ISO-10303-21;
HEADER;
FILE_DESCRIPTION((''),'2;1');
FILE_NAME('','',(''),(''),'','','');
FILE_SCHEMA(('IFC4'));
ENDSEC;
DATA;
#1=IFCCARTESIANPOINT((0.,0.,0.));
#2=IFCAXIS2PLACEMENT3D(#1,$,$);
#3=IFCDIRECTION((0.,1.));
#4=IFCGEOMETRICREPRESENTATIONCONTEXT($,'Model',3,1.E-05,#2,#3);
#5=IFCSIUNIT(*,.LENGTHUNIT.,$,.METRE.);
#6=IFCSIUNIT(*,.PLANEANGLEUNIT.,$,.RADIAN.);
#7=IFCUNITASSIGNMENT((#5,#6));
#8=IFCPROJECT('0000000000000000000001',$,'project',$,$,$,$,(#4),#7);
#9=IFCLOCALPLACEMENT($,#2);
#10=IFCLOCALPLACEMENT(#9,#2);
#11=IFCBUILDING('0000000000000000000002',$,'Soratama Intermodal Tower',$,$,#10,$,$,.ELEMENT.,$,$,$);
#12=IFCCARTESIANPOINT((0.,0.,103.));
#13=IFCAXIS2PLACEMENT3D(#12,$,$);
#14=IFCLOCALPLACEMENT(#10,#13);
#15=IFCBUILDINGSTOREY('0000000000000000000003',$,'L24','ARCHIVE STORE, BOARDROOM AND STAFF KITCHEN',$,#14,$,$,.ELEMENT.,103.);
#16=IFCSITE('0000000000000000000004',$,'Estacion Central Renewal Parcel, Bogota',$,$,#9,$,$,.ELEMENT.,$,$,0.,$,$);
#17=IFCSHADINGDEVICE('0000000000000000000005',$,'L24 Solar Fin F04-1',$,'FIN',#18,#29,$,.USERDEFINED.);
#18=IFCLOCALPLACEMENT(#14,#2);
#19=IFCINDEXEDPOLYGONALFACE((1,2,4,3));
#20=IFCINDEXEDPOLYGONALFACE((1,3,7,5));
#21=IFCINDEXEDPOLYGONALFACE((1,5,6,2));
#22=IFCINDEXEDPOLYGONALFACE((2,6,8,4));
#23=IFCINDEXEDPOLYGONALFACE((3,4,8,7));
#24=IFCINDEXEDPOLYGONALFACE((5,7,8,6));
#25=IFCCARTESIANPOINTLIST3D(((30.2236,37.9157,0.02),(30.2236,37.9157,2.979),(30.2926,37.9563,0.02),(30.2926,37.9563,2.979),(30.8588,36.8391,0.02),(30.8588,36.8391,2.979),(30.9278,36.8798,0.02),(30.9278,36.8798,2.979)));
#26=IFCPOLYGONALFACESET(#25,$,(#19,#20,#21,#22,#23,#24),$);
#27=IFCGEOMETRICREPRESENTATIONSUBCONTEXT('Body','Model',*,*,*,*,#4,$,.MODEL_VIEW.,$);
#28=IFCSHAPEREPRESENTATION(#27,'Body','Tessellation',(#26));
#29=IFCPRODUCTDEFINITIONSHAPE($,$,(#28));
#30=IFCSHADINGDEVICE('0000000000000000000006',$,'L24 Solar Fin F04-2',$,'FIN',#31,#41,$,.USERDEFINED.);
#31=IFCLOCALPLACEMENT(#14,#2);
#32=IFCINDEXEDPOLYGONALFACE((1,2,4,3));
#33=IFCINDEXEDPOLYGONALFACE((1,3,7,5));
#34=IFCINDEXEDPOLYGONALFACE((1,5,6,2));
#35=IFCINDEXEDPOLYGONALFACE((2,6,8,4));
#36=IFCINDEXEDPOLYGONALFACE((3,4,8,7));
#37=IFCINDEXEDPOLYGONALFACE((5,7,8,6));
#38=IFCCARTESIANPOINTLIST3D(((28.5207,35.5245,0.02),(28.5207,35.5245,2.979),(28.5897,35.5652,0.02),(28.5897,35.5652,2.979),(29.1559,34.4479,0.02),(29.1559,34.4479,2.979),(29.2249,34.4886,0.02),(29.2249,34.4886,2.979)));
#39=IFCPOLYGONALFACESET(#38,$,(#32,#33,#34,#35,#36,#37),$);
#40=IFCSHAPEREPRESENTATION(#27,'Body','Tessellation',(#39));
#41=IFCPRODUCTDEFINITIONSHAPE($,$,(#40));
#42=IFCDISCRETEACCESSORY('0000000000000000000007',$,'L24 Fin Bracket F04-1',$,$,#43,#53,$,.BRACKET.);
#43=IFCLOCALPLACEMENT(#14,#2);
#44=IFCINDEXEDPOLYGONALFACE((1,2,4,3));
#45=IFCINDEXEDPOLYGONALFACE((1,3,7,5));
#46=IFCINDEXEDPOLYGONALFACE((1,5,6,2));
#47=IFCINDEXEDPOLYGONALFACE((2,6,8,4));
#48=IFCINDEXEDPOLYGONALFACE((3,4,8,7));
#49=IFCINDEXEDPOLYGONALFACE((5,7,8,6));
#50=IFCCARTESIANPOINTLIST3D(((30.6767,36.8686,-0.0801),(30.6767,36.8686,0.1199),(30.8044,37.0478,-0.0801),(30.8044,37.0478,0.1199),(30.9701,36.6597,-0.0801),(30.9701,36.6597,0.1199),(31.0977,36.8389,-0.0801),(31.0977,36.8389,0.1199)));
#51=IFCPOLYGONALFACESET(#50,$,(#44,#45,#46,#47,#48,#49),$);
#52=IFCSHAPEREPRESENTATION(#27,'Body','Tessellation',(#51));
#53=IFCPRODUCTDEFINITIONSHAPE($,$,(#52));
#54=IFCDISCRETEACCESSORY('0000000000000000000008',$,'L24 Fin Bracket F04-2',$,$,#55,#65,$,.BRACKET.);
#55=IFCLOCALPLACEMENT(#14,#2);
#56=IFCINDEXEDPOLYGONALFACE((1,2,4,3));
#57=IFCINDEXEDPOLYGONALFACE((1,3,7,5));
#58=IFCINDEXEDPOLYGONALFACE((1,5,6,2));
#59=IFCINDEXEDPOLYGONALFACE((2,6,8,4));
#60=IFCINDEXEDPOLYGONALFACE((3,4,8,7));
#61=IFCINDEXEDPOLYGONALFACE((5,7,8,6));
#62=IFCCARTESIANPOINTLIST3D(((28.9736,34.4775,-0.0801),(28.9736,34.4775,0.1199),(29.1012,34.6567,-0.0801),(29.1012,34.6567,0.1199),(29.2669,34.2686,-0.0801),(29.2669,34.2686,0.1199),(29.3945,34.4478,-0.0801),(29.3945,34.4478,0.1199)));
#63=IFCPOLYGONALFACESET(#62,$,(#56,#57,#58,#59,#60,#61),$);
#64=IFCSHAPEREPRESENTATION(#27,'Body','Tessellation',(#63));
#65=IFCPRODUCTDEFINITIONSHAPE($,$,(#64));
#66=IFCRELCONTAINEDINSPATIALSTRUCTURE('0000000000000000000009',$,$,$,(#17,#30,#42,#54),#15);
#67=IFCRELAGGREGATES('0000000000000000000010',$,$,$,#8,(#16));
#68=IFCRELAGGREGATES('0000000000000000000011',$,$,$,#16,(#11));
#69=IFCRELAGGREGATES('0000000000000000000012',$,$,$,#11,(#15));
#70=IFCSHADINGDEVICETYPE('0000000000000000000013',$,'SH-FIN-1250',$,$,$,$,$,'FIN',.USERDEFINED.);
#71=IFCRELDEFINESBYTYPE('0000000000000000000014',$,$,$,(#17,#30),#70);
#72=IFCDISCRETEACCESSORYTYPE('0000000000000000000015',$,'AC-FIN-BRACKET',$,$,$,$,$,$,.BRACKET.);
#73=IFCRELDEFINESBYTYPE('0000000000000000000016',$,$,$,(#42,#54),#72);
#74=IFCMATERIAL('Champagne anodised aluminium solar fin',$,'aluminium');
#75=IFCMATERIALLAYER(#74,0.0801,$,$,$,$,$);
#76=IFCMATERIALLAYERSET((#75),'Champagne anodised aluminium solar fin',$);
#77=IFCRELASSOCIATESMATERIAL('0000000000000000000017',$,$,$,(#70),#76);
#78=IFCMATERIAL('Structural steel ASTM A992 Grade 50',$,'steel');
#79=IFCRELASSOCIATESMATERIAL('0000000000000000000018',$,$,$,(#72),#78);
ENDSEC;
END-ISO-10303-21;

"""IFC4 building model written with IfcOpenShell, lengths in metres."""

from ifc_helpers import new_model, si_unit, direction, frame, origin, origin_2d, place, context, subcontext, project, spatial, rectangle, extrude, material, layer, layer_set, type_object, element, save


model = new_model("IFC4")

# Units and contexts
model_context = context("Model", 3, precision=1e-05, world=origin(), true_north=direction((0.0, 1.0)))
body_context = subcontext(model_context, "Body", "Model", "MODEL_VIEW")
ifc_project = project(units=[si_unit("LENGTHUNIT", "METRE"), si_unit("PLANEANGLEUNIT", "RADIAN")], contexts=[model_context])

# Site, building, storey
site_placement = place(None, origin())
site = spatial("IfcSite", under=ifc_project, at=site_placement, Name="Estacion Central Renewal Parcel, Bogota", CompositionType="ELEMENT", RefElevation=0.0)
building_placement = place(site_placement, origin())
building = spatial("IfcBuilding", under=site, at=building_placement, Name="Soratama Intermodal Tower", CompositionType="ELEMENT")
storey_placement = place(building_placement, frame((0.0, 0.0, 103.0)))
storey = spatial("IfcBuildingStorey", under=building, at=storey_placement, Name="L24", Description="ARCHIVE STORE, BOARDROOM AND STAFF KITCHEN", CompositionType="ELEMENT", Elevation=103.0)

# Shading devices
ifc_material_1 = material(Name="Champagne anodised aluminium solar fin", Category="aluminium")
ifc_layer_1 = layer(ifc_material_1, 0.0801)
ifc_layer_set_1 = layer_set([ifc_layer_1], Name="Champagne anodised aluminium solar fin")
shading_device_type = type_object("IfcShadingDeviceType", Name="SH-FIN-1250", ElementType="FIN", PredefinedType="USERDEFINED", material=ifc_layer_set_1)
for number, where, z_axis, x_axis, name in (
    (1, (30.5757, 37.3977, 0.02), (0.0, 0.0, 1.0), (-0.50814, 0.861275, 0.0), "L24 Solar Fin F04-1"),
    (2, (28.8728, 35.0066, 0.02), (0.0, 0.0, 1.0), (-0.50814, 0.861275, 0.0), "L24 Solar Fin F04-2"),
):
    element("IfcShadingDevice", number, at=place(storey_placement, frame(where, z_axis=z_axis, x_axis=x_axis)), inside=storey, type_object=shading_device_type, Name=name, ObjectType="FIN", PredefinedType="USERDEFINED", context=body_context, shape_type="SweptSolid", body=[
        extrude(rectangle(XDim=1.25, YDim=0.0801, at=origin_2d()), origin(), (0.0, 0.0, 1.0), 2.959),
    ])

# Discrete accessories
ifc_material_2 = material(Name="Structural steel ASTM A992 Grade 50", Category="steel")
discrete_accessory_type = type_object("IfcDiscreteAccessoryType", Name="AC-FIN-BRACKET", PredefinedType="BRACKET", material=ifc_material_2)
for number, where, z_axis, x_axis, name in (
    (3, (30.8872, 36.8538, -0.0801), (0.0, 0.0, 1.0), (-0.814521, 0.580134, 0.0), "L24 Fin Bracket F04-1"),
    (4, (29.1841, 34.4626, -0.0801), (0.0, 0.0, 1.0), (-0.814521, 0.580134, 0.0), "L24 Fin Bracket F04-2"),
):
    element("IfcDiscreteAccessory", number, at=place(storey_placement, frame(where, z_axis=z_axis, x_axis=x_axis)), inside=storey, type_object=discrete_accessory_type, Name=name, PredefinedType="BRACKET", context=body_context, shape_type="SweptSolid", body=[
        extrude(rectangle(XDim=0.3601, YDim=0.22, at=origin_2d()), origin(), (0.0, 0.0, 1.0), 0.2),
    ])

save(model, "model.ifc")
